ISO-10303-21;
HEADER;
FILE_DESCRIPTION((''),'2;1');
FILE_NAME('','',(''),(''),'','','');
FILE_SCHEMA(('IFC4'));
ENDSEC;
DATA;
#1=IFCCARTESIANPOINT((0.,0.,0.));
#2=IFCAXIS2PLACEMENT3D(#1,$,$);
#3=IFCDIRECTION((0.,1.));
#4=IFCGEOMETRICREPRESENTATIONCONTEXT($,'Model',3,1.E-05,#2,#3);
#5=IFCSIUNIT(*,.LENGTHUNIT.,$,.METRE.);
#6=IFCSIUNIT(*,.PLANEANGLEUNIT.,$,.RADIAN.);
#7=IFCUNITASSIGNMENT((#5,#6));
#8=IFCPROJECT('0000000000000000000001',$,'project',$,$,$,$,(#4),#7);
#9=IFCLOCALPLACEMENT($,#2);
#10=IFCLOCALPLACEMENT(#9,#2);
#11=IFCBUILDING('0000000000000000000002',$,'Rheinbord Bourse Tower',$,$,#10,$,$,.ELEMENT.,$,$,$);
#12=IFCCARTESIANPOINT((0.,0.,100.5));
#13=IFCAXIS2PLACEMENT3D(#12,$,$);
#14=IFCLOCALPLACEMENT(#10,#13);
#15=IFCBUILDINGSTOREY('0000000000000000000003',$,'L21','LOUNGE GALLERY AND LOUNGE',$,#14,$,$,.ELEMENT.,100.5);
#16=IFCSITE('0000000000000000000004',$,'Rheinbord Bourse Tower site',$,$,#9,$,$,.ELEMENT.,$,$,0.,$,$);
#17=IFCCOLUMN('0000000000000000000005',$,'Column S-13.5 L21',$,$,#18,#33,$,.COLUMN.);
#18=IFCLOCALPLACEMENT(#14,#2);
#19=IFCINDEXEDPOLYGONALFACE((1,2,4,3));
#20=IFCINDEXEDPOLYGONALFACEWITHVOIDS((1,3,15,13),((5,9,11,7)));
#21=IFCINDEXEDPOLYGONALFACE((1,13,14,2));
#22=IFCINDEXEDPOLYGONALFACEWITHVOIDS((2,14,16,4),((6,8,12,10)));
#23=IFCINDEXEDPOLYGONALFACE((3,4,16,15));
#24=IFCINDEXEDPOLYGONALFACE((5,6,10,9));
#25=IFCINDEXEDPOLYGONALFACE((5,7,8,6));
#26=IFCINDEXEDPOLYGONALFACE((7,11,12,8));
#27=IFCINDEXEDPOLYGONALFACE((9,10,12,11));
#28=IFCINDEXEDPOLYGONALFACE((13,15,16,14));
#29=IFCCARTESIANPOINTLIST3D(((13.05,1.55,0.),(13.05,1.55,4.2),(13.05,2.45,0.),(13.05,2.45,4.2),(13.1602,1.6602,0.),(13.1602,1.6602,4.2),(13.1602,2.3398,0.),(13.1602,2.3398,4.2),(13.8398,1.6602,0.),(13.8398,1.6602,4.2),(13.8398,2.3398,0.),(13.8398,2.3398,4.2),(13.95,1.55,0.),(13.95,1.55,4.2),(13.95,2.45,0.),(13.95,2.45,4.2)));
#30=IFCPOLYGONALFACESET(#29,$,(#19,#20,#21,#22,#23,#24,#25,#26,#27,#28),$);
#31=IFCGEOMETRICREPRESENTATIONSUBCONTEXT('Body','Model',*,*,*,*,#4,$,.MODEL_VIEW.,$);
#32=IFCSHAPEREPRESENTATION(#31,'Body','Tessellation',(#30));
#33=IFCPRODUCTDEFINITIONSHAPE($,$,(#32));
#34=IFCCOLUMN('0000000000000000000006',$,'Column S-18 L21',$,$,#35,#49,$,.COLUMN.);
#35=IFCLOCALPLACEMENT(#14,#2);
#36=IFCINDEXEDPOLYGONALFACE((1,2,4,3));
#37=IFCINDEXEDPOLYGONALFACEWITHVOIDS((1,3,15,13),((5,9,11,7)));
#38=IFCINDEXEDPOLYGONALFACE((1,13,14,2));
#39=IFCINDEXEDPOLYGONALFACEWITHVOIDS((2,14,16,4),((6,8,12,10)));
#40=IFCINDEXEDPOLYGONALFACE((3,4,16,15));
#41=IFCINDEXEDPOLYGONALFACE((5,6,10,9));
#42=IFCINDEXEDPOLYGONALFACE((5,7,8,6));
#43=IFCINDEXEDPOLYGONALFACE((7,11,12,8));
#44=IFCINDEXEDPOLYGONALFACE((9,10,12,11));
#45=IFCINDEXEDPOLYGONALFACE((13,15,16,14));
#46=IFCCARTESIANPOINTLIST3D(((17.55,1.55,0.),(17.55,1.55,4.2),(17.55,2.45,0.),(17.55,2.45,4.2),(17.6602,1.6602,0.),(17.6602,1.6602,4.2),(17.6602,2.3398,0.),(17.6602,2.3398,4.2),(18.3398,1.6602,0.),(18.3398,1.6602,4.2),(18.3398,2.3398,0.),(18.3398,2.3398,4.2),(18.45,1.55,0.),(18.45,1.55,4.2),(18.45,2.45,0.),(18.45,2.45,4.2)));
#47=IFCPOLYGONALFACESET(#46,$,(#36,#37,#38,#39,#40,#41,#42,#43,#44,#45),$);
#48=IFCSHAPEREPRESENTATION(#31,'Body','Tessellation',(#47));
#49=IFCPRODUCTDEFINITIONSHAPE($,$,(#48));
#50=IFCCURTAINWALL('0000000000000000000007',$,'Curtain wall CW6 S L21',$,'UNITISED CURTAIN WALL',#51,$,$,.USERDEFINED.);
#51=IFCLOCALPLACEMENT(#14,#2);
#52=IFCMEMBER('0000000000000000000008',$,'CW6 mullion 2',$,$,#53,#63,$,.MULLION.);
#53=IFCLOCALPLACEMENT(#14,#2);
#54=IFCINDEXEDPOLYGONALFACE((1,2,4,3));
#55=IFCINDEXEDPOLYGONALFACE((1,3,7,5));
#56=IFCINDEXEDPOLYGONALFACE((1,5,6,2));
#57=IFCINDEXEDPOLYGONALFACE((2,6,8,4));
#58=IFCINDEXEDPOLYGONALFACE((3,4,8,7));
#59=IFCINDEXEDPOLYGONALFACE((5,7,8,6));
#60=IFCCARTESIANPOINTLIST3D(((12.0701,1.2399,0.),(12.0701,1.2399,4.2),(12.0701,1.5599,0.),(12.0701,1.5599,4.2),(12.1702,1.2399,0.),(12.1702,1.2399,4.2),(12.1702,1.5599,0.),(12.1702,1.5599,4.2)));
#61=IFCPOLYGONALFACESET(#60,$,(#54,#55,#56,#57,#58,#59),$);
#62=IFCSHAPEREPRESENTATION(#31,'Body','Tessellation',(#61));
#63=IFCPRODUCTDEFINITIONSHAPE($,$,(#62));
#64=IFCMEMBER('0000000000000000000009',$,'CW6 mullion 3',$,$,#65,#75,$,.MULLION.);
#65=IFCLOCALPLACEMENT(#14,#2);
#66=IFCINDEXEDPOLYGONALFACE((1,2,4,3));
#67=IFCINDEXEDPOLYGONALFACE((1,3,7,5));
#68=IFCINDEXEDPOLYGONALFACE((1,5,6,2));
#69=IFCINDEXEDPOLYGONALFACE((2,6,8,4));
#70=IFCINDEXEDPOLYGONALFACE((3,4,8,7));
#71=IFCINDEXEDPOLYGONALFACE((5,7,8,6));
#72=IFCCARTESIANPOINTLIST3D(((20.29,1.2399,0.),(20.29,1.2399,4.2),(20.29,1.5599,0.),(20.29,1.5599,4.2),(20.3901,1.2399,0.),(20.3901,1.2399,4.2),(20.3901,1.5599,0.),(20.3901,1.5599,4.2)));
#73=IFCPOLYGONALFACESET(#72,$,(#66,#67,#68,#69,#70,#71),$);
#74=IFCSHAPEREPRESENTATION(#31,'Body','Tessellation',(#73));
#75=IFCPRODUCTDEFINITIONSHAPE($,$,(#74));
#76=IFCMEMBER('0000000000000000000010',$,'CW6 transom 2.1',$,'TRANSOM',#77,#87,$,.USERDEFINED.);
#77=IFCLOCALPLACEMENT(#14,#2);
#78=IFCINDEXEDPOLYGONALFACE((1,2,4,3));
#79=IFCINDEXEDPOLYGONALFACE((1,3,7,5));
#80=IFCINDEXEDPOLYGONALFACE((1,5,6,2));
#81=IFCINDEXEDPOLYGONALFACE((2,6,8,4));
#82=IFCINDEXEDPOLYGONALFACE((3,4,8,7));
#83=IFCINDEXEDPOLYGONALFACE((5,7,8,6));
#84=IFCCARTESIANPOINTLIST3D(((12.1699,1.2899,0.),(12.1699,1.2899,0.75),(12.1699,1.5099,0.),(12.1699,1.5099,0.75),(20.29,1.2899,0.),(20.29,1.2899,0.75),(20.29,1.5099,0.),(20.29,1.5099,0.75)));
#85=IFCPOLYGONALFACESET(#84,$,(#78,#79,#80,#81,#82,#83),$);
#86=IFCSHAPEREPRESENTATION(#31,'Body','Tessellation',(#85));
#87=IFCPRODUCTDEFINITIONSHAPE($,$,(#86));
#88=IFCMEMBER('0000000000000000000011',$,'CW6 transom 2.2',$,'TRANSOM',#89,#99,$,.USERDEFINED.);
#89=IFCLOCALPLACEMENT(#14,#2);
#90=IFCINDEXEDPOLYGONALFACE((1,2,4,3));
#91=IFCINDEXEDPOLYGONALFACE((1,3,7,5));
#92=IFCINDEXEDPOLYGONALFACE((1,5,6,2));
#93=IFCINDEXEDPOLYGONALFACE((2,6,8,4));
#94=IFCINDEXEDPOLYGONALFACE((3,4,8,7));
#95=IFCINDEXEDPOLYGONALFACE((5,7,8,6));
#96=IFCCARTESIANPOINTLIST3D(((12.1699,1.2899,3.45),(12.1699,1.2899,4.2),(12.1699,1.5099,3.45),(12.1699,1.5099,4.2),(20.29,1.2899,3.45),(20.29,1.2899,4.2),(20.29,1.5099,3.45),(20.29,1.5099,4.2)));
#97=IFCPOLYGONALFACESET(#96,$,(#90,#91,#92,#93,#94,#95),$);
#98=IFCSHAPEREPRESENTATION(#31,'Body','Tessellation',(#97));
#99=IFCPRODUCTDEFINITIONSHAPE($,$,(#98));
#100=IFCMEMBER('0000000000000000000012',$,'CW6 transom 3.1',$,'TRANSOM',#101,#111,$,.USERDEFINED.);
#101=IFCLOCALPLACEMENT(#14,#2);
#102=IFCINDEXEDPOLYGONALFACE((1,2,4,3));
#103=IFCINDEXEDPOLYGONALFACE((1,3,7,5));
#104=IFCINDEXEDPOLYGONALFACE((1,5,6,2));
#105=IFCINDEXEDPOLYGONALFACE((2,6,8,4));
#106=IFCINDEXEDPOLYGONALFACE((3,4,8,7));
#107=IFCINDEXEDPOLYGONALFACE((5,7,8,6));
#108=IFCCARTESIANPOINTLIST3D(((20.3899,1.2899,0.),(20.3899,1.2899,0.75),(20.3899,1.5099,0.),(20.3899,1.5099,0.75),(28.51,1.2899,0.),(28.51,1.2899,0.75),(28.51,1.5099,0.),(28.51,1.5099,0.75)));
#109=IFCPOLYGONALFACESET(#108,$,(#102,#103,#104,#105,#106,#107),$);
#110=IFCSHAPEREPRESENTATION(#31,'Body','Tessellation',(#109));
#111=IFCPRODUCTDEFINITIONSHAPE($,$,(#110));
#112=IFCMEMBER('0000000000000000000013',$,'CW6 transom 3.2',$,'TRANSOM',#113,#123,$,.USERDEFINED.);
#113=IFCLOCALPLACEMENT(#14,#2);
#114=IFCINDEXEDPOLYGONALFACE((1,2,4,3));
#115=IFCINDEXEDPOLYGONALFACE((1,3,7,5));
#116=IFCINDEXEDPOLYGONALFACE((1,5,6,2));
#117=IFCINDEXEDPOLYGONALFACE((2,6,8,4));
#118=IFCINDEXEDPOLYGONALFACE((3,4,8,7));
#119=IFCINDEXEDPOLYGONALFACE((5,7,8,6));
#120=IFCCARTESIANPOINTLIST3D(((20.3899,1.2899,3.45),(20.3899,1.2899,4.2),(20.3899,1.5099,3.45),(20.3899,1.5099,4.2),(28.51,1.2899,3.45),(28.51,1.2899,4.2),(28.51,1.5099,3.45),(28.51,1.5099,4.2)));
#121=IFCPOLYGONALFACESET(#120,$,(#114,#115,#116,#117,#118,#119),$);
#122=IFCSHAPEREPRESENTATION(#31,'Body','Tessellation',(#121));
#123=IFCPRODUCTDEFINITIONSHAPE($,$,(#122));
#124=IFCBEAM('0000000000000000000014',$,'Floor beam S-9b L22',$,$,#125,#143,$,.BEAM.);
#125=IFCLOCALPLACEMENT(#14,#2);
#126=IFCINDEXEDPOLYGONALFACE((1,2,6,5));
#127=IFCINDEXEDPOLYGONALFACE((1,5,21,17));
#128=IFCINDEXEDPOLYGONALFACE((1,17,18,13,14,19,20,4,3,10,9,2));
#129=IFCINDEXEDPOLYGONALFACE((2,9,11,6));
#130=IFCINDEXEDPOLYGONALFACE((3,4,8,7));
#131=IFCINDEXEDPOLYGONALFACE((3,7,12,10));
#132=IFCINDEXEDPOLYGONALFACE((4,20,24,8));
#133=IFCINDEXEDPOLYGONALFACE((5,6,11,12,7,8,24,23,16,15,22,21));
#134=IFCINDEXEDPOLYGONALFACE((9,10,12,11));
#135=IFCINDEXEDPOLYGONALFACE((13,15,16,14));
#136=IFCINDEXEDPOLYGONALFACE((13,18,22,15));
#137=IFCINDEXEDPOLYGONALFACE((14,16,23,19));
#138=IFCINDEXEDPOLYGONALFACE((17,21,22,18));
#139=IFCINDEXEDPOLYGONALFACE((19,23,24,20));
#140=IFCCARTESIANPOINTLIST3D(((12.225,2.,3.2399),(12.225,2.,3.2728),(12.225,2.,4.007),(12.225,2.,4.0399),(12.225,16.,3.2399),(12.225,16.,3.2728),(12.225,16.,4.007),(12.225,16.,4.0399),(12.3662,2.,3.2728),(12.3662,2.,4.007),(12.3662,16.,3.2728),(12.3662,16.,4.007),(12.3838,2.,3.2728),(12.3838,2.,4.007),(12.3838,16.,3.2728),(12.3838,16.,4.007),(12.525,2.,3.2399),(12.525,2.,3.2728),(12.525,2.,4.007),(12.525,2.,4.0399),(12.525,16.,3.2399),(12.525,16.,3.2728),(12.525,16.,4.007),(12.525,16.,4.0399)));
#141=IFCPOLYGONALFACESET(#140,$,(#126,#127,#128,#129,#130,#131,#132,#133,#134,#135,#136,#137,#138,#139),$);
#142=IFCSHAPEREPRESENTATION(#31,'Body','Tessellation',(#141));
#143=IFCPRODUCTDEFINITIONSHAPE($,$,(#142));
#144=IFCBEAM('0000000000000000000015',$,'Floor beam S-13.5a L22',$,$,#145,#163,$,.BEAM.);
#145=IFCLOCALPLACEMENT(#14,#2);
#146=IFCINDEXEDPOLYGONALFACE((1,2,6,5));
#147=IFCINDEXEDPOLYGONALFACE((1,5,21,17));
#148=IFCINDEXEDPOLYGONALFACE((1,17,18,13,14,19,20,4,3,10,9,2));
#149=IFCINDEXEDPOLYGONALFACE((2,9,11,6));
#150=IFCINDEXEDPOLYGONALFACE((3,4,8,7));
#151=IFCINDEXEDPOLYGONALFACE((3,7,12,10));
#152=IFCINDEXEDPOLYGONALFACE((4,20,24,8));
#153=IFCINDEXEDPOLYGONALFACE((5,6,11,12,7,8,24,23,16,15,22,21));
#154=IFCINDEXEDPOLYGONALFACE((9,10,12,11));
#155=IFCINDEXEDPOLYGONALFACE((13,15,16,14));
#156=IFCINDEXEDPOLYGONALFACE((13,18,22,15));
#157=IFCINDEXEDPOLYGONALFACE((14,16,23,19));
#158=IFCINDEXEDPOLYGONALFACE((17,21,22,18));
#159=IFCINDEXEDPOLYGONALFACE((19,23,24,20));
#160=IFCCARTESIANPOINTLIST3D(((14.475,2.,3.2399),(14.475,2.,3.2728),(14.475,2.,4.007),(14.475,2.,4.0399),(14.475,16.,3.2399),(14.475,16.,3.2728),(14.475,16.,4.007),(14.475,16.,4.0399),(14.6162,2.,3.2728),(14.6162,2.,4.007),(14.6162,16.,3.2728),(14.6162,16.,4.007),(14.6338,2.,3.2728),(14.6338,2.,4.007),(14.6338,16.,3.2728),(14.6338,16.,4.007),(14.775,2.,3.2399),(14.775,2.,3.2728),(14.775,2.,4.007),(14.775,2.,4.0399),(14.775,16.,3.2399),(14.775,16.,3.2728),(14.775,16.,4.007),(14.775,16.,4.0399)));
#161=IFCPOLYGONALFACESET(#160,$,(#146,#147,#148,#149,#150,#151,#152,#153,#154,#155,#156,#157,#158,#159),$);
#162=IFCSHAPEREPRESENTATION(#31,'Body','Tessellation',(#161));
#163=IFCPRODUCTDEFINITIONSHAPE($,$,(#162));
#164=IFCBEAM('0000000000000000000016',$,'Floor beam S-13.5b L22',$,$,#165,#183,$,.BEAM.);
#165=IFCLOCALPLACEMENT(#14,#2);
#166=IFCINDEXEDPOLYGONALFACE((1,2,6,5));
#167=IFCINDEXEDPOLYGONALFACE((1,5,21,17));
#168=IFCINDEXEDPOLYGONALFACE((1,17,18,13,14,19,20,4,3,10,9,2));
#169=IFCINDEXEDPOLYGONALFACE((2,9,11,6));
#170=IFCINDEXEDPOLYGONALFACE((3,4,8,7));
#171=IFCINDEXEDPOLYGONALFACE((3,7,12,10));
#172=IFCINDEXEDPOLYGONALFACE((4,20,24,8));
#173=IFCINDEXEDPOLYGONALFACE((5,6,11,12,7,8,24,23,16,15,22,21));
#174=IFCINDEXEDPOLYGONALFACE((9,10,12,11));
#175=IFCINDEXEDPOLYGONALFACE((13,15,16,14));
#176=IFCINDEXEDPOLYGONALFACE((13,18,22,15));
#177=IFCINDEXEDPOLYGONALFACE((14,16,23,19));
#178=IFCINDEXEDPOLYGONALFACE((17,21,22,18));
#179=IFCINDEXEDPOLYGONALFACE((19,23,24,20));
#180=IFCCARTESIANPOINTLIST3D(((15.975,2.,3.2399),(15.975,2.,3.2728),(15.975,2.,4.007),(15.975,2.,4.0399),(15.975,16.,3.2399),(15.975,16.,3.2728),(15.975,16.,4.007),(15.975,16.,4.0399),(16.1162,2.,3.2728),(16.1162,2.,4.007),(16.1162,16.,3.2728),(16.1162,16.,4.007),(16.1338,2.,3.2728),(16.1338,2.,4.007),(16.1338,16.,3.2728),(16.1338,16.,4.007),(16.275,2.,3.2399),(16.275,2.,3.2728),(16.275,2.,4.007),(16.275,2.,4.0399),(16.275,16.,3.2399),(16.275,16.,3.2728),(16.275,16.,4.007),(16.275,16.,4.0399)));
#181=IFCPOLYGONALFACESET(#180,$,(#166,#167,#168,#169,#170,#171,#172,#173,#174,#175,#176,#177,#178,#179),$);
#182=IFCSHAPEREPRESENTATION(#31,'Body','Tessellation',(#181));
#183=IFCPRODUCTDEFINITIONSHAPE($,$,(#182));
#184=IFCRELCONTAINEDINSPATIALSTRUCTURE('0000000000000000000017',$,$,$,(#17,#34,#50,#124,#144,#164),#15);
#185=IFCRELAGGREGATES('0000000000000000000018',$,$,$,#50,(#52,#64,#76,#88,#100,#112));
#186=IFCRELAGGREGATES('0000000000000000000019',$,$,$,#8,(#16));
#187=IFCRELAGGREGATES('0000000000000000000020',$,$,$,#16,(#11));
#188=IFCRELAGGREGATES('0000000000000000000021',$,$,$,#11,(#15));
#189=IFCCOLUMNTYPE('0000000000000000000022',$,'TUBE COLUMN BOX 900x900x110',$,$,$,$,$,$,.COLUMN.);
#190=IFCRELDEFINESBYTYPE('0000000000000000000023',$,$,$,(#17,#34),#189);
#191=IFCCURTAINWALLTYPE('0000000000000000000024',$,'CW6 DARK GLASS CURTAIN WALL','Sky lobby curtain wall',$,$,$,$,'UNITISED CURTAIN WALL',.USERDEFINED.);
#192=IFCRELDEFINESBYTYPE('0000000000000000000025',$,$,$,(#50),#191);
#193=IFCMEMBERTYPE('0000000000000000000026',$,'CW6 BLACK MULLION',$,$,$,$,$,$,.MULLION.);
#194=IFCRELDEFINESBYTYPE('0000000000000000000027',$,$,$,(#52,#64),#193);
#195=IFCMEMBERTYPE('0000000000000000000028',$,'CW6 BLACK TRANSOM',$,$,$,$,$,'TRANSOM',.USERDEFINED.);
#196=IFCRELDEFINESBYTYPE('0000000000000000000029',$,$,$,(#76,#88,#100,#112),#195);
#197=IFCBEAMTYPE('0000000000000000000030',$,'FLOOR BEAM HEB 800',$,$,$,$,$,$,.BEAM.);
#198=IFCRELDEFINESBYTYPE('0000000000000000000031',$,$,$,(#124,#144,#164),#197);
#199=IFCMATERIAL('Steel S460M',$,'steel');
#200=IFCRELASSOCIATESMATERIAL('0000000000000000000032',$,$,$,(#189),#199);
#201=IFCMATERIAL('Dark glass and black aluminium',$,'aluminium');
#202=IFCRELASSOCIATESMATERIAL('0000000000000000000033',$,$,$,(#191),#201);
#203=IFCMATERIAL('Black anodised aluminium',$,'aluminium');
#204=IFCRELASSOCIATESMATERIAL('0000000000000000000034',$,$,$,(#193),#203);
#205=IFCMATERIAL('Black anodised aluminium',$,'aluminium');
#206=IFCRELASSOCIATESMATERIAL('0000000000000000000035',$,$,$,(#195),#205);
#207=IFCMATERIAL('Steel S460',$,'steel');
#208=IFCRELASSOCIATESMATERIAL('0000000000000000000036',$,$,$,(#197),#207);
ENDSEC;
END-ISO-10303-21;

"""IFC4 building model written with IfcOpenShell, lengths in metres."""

from ifc_helpers import new_model, si_unit, direction, frame, origin, origin_2d, place, context, subcontext, project, spatial, rectangle, hollow_rectangle, i_section, extrude, material, material_profile, profile_set, type_object, element, aggregate, save


model = new_model("IFC4")

# Units and contexts
model_context = context("Model", 3, precision=1e-05, world=origin(), true_north=direction((0.0, 1.0)))
body_context = subcontext(model_context, "Body", "Model", "MODEL_VIEW")
ifc_project = project(units=[si_unit("LENGTHUNIT", "METRE"), si_unit("PLANEANGLEUNIT", "RADIAN")], contexts=[model_context])

# Site, building, storey
site_placement = place(None, origin())
site = spatial("IfcSite", under=ifc_project, at=site_placement, Name="Rheinbord Bourse Tower site", CompositionType="ELEMENT", RefElevation=0.0)
building_placement = place(site_placement, origin())
building = spatial("IfcBuilding", under=site, at=building_placement, Name="Rheinbord Bourse Tower", CompositionType="ELEMENT")
storey_placement = place(building_placement, frame((0.0, 0.0, 100.5)))
storey = spatial("IfcBuildingStorey", under=building, at=storey_placement, Name="L21", Description="LOUNGE GALLERY AND LOUNGE", CompositionType="ELEMENT", Elevation=100.5)

# Columns
ifc_material_1 = material(Name="Steel S460M", Category="steel")
ifc_material_profile_1 = material_profile(ifc_material_1, hollow_rectangle(XDim=0.8999, YDim=0.8999, WallThickness=0.1101, at=origin_2d()), Name="BOX 900x900x110")
ifc_profile_set_1 = profile_set([ifc_material_profile_1], Name="Steel S460M")
column_type = type_object("IfcColumnType", Name="TUBE COLUMN BOX 900x900x110", PredefinedType="COLUMN", material=ifc_profile_set_1)
for number, where, z_axis, x_axis, name in (
    (1, (13.5, 2.0, 0.0), (0.0, 0.0, 1.0), (0.0, 1.0, 0.0), "Column S-13.5 L21"),
    (2, (18.0, 2.0, 0.0), (0.0, 0.0, 1.0), (0.0, 1.0, 0.0), "Column S-18 L21"),
):
    element("IfcColumn", number, at=place(storey_placement, frame(where, z_axis=z_axis, x_axis=x_axis)), inside=storey, type_object=column_type, Name=name, PredefinedType="COLUMN", context=body_context, shape_type="SweptSolid", body=[
        extrude(hollow_rectangle(XDim=0.8999, YDim=0.8999, WallThickness=0.1101, at=origin_2d()), origin(), (0.0, 0.0, 1.0), 4.2),
    ])

# Curtain wall, members
ifc_material_2 = material(Name="Dark glass and black aluminium", Category="aluminium")
curtain_wall_type = type_object("IfcCurtainWallType", Name="CW6 DARK GLASS CURTAIN WALL", Description="Sky lobby curtain wall", ElementType="UNITISED CURTAIN WALL", PredefinedType="USERDEFINED", material=ifc_material_2)
curtain_wall_placement = place(storey_placement, origin())
curtain_wall = element("IfcCurtainWall", 3, at=curtain_wall_placement, inside=storey, type_object=curtain_wall_type, Name="Curtain wall CW6 S L21", ObjectType="UNITISED CURTAIN WALL", PredefinedType="USERDEFINED")
ifc_material_3 = material(Name="Black anodised aluminium", Category="aluminium")
ifc_material_profile_2 = material_profile(ifc_material_3, rectangle(XDim=0.3201, YDim=0.1001, at=origin_2d()), Name="CW6 MULLION 100x320")
ifc_profile_set_2 = profile_set([ifc_material_profile_2], Name="Black anodised aluminium")
member_type_1 = type_object("IfcMemberType", Name="CW6 BLACK MULLION", PredefinedType="MULLION", material=ifc_profile_set_2)
member_1_placement = place(storey_placement, frame((12.1201, 1.3999, 0.0), z_axis=(0.0, 0.0, 1.0), x_axis=(0.0, 1.0, 0.0)))
member_1 = element("IfcMember", 4, at=member_1_placement, type_object=member_type_1, Name="CW6 mullion 2", PredefinedType="MULLION", context=body_context, shape_type="SweptSolid", body=[
    extrude(rectangle(XDim=0.3201, YDim=0.1001, at=origin_2d()), origin(), (0.0, 0.0, 1.0), 4.2),
])
member_2_placement = place(storey_placement, frame((20.3401, 1.3999, 0.0), z_axis=(0.0, 0.0, 1.0), x_axis=(0.0, 1.0, 0.0)))
member_2 = element("IfcMember", 5, at=member_2_placement, type_object=member_type_1, Name="CW6 mullion 3", PredefinedType="MULLION", context=body_context, shape_type="SweptSolid", body=[
    extrude(rectangle(XDim=0.3201, YDim=0.1001, at=origin_2d()), origin(), (0.0, 0.0, 1.0), 4.2),
])
ifc_material_4 = material(Name="Black anodised aluminium", Category="aluminium")
ifc_material_profile_3 = material_profile(ifc_material_4, rectangle(XDim=0.22, YDim=0.75, at=origin_2d()), Name="CW6 TRANSOM 750x220")
ifc_profile_set_3 = profile_set([ifc_material_profile_3], Name="Black anodised aluminium")
member_type_2 = type_object("IfcMemberType", Name="CW6 BLACK TRANSOM", ElementType="TRANSOM", PredefinedType="USERDEFINED", material=ifc_profile_set_3)
member_3_placement = place(storey_placement, frame((12.1699, 1.3999, 0.375), z_axis=(1.0, 0.0, 0.0), x_axis=(0.0, 1.0, 0.0)))
member_3 = element("IfcMember", 6, at=member_3_placement, type_object=member_type_2, Name="CW6 transom 2.1", ObjectType="TRANSOM", PredefinedType="USERDEFINED", context=body_context, shape_type="SweptSolid", body=[
    extrude(rectangle(XDim=0.22, YDim=0.75, at=origin_2d()), origin(), (0.0, 0.0, 1.0), 8.1201),
])
member_4_placement = place(storey_placement, frame((12.1699, 1.3999, 3.825), z_axis=(1.0, 0.0, 0.0), x_axis=(0.0, 1.0, 0.0)))
member_4 = element("IfcMember", 7, at=member_4_placement, type_object=member_type_2, Name="CW6 transom 2.2", ObjectType="TRANSOM", PredefinedType="USERDEFINED", context=body_context, shape_type="SweptSolid", body=[
    extrude(rectangle(XDim=0.22, YDim=0.75, at=origin_2d()), origin(), (0.0, 0.0, 1.0), 8.1201),
])
member_5_placement = place(storey_placement, frame((20.3899, 1.3999, 0.375), z_axis=(1.0, 0.0, 0.0), x_axis=(0.0, 1.0, 0.0)))
member_5 = element("IfcMember", 8, at=member_5_placement, type_object=member_type_2, Name="CW6 transom 3.1", ObjectType="TRANSOM", PredefinedType="USERDEFINED", context=body_context, shape_type="SweptSolid", body=[
    extrude(rectangle(XDim=0.22, YDim=0.75, at=origin_2d()), origin(), (0.0, 0.0, 1.0), 8.1201),
])
member_6_placement = place(storey_placement, frame((20.3899, 1.3999, 3.825), z_axis=(1.0, 0.0, 0.0), x_axis=(0.0, 1.0, 0.0)))
member_6 = element("IfcMember", 9, at=member_6_placement, type_object=member_type_2, Name="CW6 transom 3.2", ObjectType="TRANSOM", PredefinedType="USERDEFINED", context=body_context, shape_type="SweptSolid", body=[
    extrude(rectangle(XDim=0.22, YDim=0.75, at=origin_2d()), origin(), (0.0, 0.0, 1.0), 8.1201),
])

# Beams
ifc_material_5 = material(Name="Steel S460", Category="steel")
ifc_material_profile_4 = material_profile(ifc_material_5, i_section(OverallWidth=0.3, OverallDepth=0.8, WebThickness=0.0176, FlangeThickness=0.033, at=origin_2d()), Name="HEB 800")
ifc_profile_set_4 = profile_set([ifc_material_profile_4], Name="Steel S460")
beam_type_1 = type_object("IfcBeamType", Name="FLOOR BEAM HEB 800", PredefinedType="BEAM", material=ifc_profile_set_4)
for number, where, z_axis, x_axis, name in (
    (10, (12.375, 2.0, 3.6399), (0.0, 1.0, 0.0), (-1.0, 0.0, 0.0), "Floor beam S-9b L22"),
    (11, (14.625, 2.0, 3.6399), (0.0, 1.0, 0.0), (-1.0, 0.0, 0.0), "Floor beam S-13.5a L22"),
    (12, (16.125, 2.0, 3.6399), (0.0, 1.0, 0.0), (-1.0, 0.0, 0.0), "Floor beam S-13.5b L22"),
):
    element("IfcBeam", number, at=place(storey_placement, frame(where, z_axis=z_axis, x_axis=x_axis)), inside=storey, type_object=beam_type_1, Name=name, PredefinedType="BEAM", context=body_context, shape_type="SweptSolid", body=[
        extrude(i_section(OverallWidth=0.3, OverallDepth=0.8, WebThickness=0.0176, FlangeThickness=0.033, at=origin_2d()), origin(), (0.0, 0.0, 1.0), 14.0),
    ])

aggregate(curtain_wall, [member_1, member_2, member_3, member_4, member_5, member_6])

save(model, "model.ifc")
